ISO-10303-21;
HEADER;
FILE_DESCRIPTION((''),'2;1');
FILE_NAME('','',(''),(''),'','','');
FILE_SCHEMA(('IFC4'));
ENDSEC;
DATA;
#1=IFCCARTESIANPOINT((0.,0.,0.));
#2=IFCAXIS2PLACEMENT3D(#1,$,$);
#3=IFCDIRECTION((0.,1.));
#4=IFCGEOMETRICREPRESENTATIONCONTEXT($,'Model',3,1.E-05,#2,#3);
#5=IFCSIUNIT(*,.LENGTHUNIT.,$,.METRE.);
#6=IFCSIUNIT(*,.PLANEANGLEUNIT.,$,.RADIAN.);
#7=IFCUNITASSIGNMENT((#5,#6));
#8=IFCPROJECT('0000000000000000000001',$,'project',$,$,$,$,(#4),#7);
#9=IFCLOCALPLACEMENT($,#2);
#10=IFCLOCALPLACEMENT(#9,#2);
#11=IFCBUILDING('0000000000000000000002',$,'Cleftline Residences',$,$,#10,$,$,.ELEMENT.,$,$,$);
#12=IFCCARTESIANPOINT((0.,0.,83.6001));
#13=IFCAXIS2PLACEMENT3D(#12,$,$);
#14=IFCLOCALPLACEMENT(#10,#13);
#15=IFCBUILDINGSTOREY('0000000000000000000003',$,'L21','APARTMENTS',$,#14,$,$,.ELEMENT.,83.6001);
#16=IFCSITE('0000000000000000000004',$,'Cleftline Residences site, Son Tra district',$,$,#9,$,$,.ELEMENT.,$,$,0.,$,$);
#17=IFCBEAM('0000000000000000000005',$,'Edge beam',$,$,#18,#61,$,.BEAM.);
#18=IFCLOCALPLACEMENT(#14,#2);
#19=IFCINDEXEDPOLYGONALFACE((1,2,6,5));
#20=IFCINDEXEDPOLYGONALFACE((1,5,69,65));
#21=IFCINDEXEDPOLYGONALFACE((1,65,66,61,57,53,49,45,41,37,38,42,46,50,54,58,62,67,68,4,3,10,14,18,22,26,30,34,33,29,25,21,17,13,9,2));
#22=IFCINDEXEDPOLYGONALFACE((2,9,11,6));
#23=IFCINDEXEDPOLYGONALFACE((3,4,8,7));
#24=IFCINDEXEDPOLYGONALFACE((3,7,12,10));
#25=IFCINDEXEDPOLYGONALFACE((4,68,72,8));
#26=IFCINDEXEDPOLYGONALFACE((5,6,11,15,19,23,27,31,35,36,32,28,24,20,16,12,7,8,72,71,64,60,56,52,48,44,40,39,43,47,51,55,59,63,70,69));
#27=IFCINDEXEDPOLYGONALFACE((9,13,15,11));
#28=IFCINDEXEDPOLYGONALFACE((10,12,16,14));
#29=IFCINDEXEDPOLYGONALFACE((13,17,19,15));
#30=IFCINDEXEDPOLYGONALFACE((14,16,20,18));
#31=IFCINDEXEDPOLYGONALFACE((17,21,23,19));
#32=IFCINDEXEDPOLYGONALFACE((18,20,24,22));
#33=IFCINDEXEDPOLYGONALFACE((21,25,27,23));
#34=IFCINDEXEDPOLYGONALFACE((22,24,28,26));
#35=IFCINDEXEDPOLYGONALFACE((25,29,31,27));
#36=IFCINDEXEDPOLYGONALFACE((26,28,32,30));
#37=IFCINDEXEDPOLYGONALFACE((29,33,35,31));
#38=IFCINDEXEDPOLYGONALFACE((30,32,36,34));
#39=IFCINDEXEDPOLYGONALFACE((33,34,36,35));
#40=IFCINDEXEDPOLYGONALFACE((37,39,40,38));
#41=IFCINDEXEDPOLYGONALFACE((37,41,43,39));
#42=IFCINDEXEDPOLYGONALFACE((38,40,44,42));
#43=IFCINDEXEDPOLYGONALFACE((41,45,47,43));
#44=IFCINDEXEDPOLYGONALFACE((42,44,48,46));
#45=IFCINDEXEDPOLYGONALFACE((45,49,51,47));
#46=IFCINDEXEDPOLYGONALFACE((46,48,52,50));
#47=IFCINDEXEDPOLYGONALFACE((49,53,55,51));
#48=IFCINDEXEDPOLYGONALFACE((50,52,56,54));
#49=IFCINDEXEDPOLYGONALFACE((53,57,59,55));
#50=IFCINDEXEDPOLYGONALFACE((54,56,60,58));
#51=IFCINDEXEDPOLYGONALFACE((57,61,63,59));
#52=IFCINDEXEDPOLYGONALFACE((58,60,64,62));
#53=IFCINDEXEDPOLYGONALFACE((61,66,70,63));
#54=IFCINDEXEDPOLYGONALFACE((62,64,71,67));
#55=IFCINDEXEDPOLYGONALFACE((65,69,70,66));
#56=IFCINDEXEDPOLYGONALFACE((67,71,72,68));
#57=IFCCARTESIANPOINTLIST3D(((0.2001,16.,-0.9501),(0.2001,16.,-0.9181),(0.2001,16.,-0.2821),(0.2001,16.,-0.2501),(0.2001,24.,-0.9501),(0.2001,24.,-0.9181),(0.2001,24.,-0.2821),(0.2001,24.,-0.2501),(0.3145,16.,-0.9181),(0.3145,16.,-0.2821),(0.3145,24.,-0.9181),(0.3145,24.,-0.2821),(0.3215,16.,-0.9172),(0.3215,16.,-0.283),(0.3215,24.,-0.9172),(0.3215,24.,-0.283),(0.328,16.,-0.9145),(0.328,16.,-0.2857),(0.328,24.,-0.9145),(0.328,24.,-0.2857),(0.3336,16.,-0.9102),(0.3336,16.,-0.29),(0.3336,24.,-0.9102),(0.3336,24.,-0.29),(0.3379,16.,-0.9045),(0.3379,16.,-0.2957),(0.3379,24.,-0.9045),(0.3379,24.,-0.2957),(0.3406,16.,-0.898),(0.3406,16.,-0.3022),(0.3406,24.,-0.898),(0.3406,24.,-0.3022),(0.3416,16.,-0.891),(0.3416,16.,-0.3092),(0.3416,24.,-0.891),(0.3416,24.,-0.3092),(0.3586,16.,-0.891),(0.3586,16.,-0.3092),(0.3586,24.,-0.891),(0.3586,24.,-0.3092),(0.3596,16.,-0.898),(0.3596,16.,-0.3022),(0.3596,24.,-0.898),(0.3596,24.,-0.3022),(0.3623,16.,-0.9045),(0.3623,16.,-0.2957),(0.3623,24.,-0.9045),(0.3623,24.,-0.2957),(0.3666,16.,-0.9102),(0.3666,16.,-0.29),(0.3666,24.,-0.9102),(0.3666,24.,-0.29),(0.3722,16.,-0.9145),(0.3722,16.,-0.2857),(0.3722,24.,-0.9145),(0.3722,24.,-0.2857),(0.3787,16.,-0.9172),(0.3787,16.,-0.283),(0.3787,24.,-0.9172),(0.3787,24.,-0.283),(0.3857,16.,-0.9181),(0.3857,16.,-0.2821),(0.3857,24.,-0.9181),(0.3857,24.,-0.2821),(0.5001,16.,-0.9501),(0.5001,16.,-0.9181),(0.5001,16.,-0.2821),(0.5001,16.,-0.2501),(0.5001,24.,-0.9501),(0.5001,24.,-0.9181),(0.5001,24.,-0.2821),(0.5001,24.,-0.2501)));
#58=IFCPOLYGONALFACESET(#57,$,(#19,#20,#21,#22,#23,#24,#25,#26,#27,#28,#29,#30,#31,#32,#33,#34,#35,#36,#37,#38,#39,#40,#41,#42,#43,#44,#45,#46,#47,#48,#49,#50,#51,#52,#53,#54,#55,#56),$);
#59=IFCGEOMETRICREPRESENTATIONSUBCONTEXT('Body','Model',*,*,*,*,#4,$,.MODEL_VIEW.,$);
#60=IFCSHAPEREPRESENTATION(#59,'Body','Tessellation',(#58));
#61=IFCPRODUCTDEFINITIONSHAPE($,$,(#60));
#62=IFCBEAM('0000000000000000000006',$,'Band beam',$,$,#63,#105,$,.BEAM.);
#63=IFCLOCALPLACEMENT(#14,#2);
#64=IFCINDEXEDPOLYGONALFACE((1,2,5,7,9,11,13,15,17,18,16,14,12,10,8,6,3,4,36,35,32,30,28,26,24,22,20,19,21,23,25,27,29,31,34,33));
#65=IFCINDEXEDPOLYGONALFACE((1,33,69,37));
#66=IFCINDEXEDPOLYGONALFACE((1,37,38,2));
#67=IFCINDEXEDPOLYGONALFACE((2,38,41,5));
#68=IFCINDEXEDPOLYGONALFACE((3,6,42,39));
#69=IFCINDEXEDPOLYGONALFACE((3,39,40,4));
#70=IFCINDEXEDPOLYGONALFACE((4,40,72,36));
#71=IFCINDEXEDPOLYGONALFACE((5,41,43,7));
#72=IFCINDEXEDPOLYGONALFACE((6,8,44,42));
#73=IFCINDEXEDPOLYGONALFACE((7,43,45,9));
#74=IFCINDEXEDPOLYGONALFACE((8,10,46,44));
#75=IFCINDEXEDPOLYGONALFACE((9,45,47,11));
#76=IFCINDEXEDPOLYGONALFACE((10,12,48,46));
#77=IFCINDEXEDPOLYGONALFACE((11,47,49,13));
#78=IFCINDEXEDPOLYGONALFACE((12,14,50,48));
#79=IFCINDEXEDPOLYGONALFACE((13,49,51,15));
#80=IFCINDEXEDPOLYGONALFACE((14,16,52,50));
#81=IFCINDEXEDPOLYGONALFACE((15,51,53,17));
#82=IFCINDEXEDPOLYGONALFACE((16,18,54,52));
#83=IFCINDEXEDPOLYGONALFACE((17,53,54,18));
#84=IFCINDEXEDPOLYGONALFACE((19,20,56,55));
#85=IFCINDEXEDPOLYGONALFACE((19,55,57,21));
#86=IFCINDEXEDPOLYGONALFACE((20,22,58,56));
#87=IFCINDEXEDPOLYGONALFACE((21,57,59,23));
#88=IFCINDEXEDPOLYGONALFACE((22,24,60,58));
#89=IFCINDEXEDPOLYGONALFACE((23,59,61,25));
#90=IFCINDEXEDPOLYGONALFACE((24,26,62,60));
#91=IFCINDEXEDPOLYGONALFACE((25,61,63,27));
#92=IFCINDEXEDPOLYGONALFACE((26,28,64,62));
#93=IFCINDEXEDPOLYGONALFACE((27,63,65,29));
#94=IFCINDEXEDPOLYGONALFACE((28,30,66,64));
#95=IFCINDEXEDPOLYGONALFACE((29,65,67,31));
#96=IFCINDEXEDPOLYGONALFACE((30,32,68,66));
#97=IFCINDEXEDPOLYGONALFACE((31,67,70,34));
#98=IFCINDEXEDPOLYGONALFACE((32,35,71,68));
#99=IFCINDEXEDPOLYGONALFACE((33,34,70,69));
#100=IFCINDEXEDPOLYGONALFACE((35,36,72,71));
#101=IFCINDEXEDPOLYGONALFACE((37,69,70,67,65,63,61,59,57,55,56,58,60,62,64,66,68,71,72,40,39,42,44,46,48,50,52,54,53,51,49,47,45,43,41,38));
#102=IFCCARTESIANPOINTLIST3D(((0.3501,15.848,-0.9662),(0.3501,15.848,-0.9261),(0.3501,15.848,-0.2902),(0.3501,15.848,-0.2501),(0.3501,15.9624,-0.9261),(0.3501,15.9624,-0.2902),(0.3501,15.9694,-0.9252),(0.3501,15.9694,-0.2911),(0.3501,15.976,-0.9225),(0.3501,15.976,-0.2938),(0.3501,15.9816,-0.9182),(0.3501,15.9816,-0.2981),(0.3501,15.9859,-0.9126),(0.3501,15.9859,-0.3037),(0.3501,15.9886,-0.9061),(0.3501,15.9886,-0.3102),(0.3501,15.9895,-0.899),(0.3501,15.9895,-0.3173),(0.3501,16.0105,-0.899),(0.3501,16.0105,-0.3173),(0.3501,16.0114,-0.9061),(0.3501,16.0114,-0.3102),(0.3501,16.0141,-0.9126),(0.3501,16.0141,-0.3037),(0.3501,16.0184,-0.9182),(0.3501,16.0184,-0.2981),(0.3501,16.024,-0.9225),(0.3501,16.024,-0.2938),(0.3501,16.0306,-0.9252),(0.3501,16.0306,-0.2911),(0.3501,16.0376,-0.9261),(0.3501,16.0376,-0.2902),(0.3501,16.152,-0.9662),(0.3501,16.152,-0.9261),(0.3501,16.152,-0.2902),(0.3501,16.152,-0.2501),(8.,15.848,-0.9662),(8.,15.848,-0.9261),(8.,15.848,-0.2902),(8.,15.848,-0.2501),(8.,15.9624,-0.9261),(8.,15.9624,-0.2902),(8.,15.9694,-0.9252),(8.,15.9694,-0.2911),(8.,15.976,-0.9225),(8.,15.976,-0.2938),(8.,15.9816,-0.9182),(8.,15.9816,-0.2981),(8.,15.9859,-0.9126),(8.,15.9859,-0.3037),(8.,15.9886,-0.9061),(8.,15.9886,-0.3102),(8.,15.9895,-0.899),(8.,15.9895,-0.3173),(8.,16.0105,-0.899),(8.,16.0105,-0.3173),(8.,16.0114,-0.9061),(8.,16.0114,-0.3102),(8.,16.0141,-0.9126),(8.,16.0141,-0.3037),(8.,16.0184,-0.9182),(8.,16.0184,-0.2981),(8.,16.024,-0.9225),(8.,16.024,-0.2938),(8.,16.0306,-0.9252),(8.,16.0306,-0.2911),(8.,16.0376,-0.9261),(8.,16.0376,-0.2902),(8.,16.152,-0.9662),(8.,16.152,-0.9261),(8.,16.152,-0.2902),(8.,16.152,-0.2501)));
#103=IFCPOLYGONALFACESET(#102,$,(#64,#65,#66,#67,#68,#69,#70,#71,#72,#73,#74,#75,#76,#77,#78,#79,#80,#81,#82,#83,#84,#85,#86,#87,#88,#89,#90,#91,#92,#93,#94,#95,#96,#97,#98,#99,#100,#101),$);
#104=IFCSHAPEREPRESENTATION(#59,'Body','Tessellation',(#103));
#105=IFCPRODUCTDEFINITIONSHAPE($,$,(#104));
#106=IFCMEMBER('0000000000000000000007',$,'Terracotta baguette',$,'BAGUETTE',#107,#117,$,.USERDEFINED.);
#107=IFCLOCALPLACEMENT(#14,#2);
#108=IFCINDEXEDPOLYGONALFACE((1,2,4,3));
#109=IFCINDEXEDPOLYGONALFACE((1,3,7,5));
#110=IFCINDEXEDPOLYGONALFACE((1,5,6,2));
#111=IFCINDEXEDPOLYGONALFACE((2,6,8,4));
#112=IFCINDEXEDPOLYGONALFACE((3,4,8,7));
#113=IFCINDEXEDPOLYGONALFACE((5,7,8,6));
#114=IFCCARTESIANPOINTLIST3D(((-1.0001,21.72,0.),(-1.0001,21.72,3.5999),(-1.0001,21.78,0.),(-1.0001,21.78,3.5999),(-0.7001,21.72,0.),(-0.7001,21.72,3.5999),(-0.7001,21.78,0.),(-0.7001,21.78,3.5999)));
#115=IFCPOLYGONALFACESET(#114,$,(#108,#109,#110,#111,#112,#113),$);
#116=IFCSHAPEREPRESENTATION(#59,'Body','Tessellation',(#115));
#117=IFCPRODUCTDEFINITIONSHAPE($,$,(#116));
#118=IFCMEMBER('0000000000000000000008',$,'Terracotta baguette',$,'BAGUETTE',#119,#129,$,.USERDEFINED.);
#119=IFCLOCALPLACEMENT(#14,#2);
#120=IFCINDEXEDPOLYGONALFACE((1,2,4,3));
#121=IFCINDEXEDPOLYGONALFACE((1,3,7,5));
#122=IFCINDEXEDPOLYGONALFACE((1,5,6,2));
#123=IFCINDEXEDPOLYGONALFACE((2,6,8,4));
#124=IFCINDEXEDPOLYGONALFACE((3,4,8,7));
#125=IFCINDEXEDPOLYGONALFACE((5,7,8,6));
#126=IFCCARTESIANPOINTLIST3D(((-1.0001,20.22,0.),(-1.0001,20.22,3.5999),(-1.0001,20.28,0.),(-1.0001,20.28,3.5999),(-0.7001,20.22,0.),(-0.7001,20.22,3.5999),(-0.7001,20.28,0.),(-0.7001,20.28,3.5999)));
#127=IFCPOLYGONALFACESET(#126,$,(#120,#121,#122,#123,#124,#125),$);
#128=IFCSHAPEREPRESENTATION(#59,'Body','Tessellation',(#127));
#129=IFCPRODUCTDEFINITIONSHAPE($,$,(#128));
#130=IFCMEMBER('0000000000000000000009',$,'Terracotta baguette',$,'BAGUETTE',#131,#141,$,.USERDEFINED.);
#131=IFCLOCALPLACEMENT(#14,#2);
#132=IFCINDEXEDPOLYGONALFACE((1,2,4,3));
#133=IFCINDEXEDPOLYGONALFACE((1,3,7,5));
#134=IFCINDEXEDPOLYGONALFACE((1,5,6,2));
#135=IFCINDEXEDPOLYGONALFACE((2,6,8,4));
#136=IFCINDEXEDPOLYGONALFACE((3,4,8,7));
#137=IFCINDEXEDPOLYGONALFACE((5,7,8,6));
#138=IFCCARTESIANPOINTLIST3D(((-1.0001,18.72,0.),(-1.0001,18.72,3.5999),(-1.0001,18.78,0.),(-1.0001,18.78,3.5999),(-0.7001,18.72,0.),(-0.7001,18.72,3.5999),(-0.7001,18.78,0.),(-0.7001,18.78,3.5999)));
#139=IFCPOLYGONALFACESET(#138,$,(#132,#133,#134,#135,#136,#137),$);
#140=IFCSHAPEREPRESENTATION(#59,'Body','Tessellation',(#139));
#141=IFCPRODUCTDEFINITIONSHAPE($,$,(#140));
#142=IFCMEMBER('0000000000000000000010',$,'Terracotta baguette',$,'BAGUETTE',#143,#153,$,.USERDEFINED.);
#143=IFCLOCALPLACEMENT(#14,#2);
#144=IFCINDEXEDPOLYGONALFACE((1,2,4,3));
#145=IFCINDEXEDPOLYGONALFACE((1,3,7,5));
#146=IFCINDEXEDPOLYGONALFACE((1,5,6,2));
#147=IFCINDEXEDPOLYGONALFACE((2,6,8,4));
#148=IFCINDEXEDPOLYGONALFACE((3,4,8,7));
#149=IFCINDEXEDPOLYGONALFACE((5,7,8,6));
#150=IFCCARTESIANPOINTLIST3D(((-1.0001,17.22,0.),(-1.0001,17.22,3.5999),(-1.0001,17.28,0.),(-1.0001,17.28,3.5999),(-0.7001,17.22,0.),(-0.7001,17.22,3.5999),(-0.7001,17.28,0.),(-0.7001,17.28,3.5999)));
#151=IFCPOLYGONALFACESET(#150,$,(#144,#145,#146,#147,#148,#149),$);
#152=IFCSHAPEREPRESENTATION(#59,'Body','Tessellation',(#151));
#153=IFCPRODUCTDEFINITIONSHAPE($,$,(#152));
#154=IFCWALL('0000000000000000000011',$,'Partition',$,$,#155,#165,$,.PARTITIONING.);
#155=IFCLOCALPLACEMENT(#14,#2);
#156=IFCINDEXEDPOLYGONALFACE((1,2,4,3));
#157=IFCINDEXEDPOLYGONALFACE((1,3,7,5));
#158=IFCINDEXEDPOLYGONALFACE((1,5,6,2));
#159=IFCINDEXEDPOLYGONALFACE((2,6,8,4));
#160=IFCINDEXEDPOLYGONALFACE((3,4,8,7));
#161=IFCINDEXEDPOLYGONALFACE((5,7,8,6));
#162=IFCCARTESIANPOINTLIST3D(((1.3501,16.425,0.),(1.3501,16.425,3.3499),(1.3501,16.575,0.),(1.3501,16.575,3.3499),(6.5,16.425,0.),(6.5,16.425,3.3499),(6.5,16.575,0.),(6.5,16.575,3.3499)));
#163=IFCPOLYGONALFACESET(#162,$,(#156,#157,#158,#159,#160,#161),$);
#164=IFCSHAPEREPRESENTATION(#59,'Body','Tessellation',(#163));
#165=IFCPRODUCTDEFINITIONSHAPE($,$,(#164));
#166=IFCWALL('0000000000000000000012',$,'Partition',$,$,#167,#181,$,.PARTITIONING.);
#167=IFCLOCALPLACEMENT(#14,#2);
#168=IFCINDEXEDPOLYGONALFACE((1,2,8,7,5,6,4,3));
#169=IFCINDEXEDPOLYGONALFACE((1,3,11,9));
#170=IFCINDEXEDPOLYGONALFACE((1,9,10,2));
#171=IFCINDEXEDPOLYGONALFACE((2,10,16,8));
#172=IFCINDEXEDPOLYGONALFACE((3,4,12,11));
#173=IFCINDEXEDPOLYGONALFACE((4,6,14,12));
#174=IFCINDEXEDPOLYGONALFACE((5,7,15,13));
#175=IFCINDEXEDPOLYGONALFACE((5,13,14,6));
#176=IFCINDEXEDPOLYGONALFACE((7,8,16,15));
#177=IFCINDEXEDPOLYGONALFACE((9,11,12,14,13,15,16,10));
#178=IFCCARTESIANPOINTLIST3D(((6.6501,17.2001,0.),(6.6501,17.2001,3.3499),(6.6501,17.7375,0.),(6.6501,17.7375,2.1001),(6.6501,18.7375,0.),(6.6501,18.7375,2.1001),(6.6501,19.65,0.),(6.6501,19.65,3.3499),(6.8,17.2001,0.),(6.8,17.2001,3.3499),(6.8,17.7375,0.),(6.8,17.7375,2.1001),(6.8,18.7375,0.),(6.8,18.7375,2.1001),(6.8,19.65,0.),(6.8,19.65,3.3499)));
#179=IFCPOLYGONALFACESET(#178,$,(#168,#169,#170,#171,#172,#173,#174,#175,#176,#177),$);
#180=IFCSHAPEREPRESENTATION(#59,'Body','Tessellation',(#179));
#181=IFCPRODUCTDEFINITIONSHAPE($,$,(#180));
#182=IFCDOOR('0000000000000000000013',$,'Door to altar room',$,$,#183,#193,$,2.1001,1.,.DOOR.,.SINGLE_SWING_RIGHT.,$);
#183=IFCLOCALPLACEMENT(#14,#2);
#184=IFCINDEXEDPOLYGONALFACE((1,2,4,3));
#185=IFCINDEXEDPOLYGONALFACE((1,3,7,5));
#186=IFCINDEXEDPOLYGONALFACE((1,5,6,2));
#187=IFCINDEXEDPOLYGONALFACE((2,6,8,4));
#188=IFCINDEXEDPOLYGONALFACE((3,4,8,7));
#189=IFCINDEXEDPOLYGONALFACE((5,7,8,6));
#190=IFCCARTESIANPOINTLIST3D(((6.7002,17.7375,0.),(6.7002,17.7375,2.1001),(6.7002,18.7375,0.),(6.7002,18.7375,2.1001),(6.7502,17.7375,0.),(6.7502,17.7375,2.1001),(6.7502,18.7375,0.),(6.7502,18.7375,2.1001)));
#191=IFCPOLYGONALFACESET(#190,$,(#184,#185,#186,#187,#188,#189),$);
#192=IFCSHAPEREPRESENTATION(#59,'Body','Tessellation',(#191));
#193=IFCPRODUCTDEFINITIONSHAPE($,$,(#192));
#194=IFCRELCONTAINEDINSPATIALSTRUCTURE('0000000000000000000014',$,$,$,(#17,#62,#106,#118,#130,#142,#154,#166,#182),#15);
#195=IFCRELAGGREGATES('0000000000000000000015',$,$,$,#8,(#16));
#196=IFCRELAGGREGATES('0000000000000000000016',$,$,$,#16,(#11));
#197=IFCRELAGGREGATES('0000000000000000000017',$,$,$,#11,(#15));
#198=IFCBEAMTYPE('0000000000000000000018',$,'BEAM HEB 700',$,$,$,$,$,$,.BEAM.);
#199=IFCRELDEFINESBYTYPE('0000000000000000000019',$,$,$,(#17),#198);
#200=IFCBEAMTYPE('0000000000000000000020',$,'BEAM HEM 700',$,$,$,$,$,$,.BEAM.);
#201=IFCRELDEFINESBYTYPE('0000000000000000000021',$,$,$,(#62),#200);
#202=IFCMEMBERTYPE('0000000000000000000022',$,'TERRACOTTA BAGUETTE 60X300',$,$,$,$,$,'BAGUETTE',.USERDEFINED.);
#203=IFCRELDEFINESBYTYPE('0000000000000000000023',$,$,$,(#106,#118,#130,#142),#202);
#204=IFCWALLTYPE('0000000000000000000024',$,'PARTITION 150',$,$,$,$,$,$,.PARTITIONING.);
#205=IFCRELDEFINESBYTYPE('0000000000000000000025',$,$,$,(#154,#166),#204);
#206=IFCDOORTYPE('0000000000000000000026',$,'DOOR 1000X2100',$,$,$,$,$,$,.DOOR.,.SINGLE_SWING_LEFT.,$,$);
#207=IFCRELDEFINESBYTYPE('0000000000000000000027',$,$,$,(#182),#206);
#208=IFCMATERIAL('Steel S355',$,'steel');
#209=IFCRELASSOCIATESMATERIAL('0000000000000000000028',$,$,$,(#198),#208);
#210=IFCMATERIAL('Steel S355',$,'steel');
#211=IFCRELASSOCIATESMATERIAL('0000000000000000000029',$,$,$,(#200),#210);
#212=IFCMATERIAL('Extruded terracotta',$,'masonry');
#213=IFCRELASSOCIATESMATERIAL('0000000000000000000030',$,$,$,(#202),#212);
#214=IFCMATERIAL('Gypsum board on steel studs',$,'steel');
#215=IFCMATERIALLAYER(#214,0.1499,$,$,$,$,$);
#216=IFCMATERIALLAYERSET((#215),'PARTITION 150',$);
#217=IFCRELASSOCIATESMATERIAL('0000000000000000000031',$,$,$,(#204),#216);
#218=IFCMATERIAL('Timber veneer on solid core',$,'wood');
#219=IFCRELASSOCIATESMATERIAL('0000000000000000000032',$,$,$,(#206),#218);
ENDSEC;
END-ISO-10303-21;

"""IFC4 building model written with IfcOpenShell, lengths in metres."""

from ifc_helpers import new_model, si_unit, direction, frame, frame_2d, origin, origin_2d, place, context, subcontext, project, spatial, rectangle, i_section, extrude, material, layer, layer_set, material_profile, profile_set, type_object, element, fill, save


model = new_model("IFC4")

# Units and contexts
model_context = context("Model", 3, precision=1e-05, world=origin(), true_north=direction((0.0, 1.0)))
body_context = subcontext(model_context, "Body", "Model", "MODEL_VIEW")
ifc_project = project(units=[si_unit("LENGTHUNIT", "METRE"), si_unit("PLANEANGLEUNIT", "RADIAN")], contexts=[model_context])

# Site, building, storey
site_placement = place(None, origin())
site = spatial("IfcSite", under=ifc_project, at=site_placement, Name="Cleftline Residences site, Son Tra district", CompositionType="ELEMENT", RefElevation=0.0)
building_placement = place(site_placement, origin())
building = spatial("IfcBuilding", under=site, at=building_placement, Name="Cleftline Residences", CompositionType="ELEMENT")
storey_placement = place(building_placement, frame((0.0, 0.0, 83.6001)))
storey = spatial("IfcBuildingStorey", under=building, at=storey_placement, Name="L21", Description="APARTMENTS", CompositionType="ELEMENT", Elevation=83.6001)

# Beams
ifc_material_1 = material(Name="Steel S355", Category="steel")
ifc_material_profile_1 = material_profile(ifc_material_1, i_section(OverallWidth=0.3, OverallDepth=0.7, WebThickness=0.0171, FlangeThickness=0.032, FilletRadius=0.0271, at=origin_2d()))
ifc_profile_set_1 = profile_set([ifc_material_profile_1], Name="Steel S355")
beam_type_1 = type_object("IfcBeamType", Name="BEAM HEB 700", PredefinedType="BEAM", material=ifc_profile_set_1)
beam_1_placement = place(storey_placement, frame((0.3501, 16.0, -0.6001), z_axis=(0.0, 1.0, 0.0), x_axis=(-1.0, 0.0, 0.0)))
element("IfcBeam", 1, at=beam_1_placement, inside=storey, type_object=beam_type_1, Name="Edge beam", PredefinedType="BEAM", context=body_context, shape_type="SweptSolid", body=[
    extrude(i_section(OverallWidth=0.3, OverallDepth=0.7, WebThickness=0.0171, FlangeThickness=0.032, FilletRadius=0.0271, at=origin_2d()), origin(), (0.0, 0.0, 1.0), 8.0),
])
ifc_material_2 = material(Name="Steel S355", Category="steel")
ifc_material_profile_2 = material_profile(ifc_material_2, i_section(OverallWidth=0.304, OverallDepth=0.7161, WebThickness=0.021, FlangeThickness=0.04, FilletRadius=0.0271, at=origin_2d()))
ifc_profile_set_2 = profile_set([ifc_material_profile_2], Name="Steel S355")
beam_type_2 = type_object("IfcBeamType", Name="BEAM HEM 700", PredefinedType="BEAM", material=ifc_profile_set_2)
beam_2_placement = place(storey_placement, frame((0.3501, 16.0, -0.6082), z_axis=(1.0, 0.0, 0.0), x_axis=(0.0, 1.0, 0.0)))
element("IfcBeam", 2, at=beam_2_placement, inside=storey, type_object=beam_type_2, Name="Band beam", PredefinedType="BEAM", context=body_context, shape_type="SweptSolid", body=[
    extrude(i_section(OverallWidth=0.304, OverallDepth=0.7161, WebThickness=0.021, FlangeThickness=0.04, FilletRadius=0.0271, at=origin_2d()), origin(), (0.0, 0.0, 1.0), 7.6499),
])

# Members
ifc_material_3 = material(Name="Extruded terracotta", Category="masonry")
ifc_material_profile_3 = material_profile(ifc_material_3, rectangle(XDim=0.0601, YDim=0.3, at=origin_2d()))
ifc_profile_set_3 = profile_set([ifc_material_profile_3], Name="Extruded terracotta")
member_type_1 = type_object("IfcMemberType", Name="TERRACOTTA BAGUETTE 60X300", ElementType="BAGUETTE", PredefinedType="USERDEFINED", material=ifc_profile_set_3)
for number, where, z_axis, x_axis, name in (
    (3, (-0.8501, 21.75, 0.0), (0.0, 0.0, 1.0), (0.0, 1.0, 0.0), "Terracotta baguette"),
    (4, (-0.8501, 20.25, 0.0), (0.0, 0.0, 1.0), (0.0, 1.0, 0.0), "Terracotta baguette"),
    (5, (-0.8501, 18.75, 0.0), (0.0, 0.0, 1.0), (0.0, 1.0, 0.0), "Terracotta baguette"),
    (6, (-0.8501, 17.25, 0.0), (0.0, 0.0, 1.0), (0.0, 1.0, 0.0), "Terracotta baguette"),
):
    element("IfcMember", number, at=place(storey_placement, frame(where, z_axis=z_axis, x_axis=x_axis)), inside=storey, type_object=member_type_1, Name=name, ObjectType="BAGUETTE", PredefinedType="USERDEFINED", context=body_context, shape_type="SweptSolid", body=[
        extrude(rectangle(XDim=0.0601, YDim=0.3, at=origin_2d()), origin(), (0.0, 0.0, 1.0), 3.5999),
    ])

# Wall
ifc_material_4 = material(Name="Gypsum board on steel studs", Category="steel")
ifc_layer_1 = layer(ifc_material_4, 0.1499)
ifc_layer_set_1 = layer_set([ifc_layer_1], Name="PARTITION 150")
wall_type_1 = type_object("IfcWallType", Name="PARTITION 150", PredefinedType="PARTITIONING", material=ifc_layer_set_1)
wall_1_placement = place(storey_placement, frame((1.3501, 16.5, 0.0), z_axis=(0.0, 0.0, 1.0), x_axis=(1.0, 0.0, 0.0)))
element("IfcWall", 7, at=wall_1_placement, inside=storey, type_object=wall_type_1, Name="Partition", PredefinedType="PARTITIONING", context=body_context, shape_type="SweptSolid", body=[
    extrude(rectangle(XDim=5.1499, YDim=0.1499, at=frame_2d((2.575, 0.0))), origin(), (0.0, 0.0, 1.0), 3.3499),
])

# Wall, opening, door
wall_2_placement = place(storey_placement, frame((6.7251, 17.2, 0.0), z_axis=(0.0, 0.0, 1.0), x_axis=(0.0, 1.0, 0.0)))
wall_2 = element("IfcWall", 8, at=wall_2_placement, inside=storey, type_object=wall_type_1, Name="Partition", PredefinedType="PARTITIONING", context=body_context, shape_type="SweptSolid", body=[
    extrude(rectangle(XDim=2.45, YDim=0.1499, at=frame_2d((1.2251, 0.0))), origin(), (0.0, 0.0, 1.0), 3.3499),
])
opening_1_placement = place(wall_2_placement, frame((0.5376, 0.0, 0.0)))
opening_1 = element("IfcOpeningElement", 9, at=opening_1_placement, cuts=wall_2, PredefinedType="OPENING", context=body_context, shape_type="SweptSolid", body=[
    extrude(rectangle(XDim=1.0, YDim=2.1001, at=frame_2d((0.5, 1.05))), frame((0.0, 0.085, 0.0), z_axis=(0.0, -1.0, 0.0), x_axis=(1.0, 0.0, 0.0)), (0.0, 0.0, 1.0), 0.1699),
])
ifc_material_5 = material(Name="Timber veneer on solid core", Category="wood")
door_type_1 = type_object("IfcDoorType", Name="DOOR 1000X2100", OperationType="SINGLE_SWING_LEFT", PredefinedType="DOOR", material=ifc_material_5)
door_1_placement = place(opening_1_placement, origin())
door_1 = element("IfcDoor", 10, at=door_1_placement, inside=storey, type_object=door_type_1, Name="Door to altar room", OperationType="SINGLE_SWING_RIGHT", OverallHeight=2.1001, OverallWidth=1.0, PredefinedType="DOOR", context=body_context, shape_type="SweptSolid", body=[
    extrude(rectangle(XDim=1.0, YDim=2.1001, at=frame_2d((0.5, 1.05))), frame((0.0, 0.0249, 0.0), z_axis=(0.0, -1.0, 0.0), x_axis=(1.0, 0.0, 0.0)), (0.0, 0.0, 1.0), 0.05),
])
fill(opening_1, door_1)

save(model, "model.ifc")
